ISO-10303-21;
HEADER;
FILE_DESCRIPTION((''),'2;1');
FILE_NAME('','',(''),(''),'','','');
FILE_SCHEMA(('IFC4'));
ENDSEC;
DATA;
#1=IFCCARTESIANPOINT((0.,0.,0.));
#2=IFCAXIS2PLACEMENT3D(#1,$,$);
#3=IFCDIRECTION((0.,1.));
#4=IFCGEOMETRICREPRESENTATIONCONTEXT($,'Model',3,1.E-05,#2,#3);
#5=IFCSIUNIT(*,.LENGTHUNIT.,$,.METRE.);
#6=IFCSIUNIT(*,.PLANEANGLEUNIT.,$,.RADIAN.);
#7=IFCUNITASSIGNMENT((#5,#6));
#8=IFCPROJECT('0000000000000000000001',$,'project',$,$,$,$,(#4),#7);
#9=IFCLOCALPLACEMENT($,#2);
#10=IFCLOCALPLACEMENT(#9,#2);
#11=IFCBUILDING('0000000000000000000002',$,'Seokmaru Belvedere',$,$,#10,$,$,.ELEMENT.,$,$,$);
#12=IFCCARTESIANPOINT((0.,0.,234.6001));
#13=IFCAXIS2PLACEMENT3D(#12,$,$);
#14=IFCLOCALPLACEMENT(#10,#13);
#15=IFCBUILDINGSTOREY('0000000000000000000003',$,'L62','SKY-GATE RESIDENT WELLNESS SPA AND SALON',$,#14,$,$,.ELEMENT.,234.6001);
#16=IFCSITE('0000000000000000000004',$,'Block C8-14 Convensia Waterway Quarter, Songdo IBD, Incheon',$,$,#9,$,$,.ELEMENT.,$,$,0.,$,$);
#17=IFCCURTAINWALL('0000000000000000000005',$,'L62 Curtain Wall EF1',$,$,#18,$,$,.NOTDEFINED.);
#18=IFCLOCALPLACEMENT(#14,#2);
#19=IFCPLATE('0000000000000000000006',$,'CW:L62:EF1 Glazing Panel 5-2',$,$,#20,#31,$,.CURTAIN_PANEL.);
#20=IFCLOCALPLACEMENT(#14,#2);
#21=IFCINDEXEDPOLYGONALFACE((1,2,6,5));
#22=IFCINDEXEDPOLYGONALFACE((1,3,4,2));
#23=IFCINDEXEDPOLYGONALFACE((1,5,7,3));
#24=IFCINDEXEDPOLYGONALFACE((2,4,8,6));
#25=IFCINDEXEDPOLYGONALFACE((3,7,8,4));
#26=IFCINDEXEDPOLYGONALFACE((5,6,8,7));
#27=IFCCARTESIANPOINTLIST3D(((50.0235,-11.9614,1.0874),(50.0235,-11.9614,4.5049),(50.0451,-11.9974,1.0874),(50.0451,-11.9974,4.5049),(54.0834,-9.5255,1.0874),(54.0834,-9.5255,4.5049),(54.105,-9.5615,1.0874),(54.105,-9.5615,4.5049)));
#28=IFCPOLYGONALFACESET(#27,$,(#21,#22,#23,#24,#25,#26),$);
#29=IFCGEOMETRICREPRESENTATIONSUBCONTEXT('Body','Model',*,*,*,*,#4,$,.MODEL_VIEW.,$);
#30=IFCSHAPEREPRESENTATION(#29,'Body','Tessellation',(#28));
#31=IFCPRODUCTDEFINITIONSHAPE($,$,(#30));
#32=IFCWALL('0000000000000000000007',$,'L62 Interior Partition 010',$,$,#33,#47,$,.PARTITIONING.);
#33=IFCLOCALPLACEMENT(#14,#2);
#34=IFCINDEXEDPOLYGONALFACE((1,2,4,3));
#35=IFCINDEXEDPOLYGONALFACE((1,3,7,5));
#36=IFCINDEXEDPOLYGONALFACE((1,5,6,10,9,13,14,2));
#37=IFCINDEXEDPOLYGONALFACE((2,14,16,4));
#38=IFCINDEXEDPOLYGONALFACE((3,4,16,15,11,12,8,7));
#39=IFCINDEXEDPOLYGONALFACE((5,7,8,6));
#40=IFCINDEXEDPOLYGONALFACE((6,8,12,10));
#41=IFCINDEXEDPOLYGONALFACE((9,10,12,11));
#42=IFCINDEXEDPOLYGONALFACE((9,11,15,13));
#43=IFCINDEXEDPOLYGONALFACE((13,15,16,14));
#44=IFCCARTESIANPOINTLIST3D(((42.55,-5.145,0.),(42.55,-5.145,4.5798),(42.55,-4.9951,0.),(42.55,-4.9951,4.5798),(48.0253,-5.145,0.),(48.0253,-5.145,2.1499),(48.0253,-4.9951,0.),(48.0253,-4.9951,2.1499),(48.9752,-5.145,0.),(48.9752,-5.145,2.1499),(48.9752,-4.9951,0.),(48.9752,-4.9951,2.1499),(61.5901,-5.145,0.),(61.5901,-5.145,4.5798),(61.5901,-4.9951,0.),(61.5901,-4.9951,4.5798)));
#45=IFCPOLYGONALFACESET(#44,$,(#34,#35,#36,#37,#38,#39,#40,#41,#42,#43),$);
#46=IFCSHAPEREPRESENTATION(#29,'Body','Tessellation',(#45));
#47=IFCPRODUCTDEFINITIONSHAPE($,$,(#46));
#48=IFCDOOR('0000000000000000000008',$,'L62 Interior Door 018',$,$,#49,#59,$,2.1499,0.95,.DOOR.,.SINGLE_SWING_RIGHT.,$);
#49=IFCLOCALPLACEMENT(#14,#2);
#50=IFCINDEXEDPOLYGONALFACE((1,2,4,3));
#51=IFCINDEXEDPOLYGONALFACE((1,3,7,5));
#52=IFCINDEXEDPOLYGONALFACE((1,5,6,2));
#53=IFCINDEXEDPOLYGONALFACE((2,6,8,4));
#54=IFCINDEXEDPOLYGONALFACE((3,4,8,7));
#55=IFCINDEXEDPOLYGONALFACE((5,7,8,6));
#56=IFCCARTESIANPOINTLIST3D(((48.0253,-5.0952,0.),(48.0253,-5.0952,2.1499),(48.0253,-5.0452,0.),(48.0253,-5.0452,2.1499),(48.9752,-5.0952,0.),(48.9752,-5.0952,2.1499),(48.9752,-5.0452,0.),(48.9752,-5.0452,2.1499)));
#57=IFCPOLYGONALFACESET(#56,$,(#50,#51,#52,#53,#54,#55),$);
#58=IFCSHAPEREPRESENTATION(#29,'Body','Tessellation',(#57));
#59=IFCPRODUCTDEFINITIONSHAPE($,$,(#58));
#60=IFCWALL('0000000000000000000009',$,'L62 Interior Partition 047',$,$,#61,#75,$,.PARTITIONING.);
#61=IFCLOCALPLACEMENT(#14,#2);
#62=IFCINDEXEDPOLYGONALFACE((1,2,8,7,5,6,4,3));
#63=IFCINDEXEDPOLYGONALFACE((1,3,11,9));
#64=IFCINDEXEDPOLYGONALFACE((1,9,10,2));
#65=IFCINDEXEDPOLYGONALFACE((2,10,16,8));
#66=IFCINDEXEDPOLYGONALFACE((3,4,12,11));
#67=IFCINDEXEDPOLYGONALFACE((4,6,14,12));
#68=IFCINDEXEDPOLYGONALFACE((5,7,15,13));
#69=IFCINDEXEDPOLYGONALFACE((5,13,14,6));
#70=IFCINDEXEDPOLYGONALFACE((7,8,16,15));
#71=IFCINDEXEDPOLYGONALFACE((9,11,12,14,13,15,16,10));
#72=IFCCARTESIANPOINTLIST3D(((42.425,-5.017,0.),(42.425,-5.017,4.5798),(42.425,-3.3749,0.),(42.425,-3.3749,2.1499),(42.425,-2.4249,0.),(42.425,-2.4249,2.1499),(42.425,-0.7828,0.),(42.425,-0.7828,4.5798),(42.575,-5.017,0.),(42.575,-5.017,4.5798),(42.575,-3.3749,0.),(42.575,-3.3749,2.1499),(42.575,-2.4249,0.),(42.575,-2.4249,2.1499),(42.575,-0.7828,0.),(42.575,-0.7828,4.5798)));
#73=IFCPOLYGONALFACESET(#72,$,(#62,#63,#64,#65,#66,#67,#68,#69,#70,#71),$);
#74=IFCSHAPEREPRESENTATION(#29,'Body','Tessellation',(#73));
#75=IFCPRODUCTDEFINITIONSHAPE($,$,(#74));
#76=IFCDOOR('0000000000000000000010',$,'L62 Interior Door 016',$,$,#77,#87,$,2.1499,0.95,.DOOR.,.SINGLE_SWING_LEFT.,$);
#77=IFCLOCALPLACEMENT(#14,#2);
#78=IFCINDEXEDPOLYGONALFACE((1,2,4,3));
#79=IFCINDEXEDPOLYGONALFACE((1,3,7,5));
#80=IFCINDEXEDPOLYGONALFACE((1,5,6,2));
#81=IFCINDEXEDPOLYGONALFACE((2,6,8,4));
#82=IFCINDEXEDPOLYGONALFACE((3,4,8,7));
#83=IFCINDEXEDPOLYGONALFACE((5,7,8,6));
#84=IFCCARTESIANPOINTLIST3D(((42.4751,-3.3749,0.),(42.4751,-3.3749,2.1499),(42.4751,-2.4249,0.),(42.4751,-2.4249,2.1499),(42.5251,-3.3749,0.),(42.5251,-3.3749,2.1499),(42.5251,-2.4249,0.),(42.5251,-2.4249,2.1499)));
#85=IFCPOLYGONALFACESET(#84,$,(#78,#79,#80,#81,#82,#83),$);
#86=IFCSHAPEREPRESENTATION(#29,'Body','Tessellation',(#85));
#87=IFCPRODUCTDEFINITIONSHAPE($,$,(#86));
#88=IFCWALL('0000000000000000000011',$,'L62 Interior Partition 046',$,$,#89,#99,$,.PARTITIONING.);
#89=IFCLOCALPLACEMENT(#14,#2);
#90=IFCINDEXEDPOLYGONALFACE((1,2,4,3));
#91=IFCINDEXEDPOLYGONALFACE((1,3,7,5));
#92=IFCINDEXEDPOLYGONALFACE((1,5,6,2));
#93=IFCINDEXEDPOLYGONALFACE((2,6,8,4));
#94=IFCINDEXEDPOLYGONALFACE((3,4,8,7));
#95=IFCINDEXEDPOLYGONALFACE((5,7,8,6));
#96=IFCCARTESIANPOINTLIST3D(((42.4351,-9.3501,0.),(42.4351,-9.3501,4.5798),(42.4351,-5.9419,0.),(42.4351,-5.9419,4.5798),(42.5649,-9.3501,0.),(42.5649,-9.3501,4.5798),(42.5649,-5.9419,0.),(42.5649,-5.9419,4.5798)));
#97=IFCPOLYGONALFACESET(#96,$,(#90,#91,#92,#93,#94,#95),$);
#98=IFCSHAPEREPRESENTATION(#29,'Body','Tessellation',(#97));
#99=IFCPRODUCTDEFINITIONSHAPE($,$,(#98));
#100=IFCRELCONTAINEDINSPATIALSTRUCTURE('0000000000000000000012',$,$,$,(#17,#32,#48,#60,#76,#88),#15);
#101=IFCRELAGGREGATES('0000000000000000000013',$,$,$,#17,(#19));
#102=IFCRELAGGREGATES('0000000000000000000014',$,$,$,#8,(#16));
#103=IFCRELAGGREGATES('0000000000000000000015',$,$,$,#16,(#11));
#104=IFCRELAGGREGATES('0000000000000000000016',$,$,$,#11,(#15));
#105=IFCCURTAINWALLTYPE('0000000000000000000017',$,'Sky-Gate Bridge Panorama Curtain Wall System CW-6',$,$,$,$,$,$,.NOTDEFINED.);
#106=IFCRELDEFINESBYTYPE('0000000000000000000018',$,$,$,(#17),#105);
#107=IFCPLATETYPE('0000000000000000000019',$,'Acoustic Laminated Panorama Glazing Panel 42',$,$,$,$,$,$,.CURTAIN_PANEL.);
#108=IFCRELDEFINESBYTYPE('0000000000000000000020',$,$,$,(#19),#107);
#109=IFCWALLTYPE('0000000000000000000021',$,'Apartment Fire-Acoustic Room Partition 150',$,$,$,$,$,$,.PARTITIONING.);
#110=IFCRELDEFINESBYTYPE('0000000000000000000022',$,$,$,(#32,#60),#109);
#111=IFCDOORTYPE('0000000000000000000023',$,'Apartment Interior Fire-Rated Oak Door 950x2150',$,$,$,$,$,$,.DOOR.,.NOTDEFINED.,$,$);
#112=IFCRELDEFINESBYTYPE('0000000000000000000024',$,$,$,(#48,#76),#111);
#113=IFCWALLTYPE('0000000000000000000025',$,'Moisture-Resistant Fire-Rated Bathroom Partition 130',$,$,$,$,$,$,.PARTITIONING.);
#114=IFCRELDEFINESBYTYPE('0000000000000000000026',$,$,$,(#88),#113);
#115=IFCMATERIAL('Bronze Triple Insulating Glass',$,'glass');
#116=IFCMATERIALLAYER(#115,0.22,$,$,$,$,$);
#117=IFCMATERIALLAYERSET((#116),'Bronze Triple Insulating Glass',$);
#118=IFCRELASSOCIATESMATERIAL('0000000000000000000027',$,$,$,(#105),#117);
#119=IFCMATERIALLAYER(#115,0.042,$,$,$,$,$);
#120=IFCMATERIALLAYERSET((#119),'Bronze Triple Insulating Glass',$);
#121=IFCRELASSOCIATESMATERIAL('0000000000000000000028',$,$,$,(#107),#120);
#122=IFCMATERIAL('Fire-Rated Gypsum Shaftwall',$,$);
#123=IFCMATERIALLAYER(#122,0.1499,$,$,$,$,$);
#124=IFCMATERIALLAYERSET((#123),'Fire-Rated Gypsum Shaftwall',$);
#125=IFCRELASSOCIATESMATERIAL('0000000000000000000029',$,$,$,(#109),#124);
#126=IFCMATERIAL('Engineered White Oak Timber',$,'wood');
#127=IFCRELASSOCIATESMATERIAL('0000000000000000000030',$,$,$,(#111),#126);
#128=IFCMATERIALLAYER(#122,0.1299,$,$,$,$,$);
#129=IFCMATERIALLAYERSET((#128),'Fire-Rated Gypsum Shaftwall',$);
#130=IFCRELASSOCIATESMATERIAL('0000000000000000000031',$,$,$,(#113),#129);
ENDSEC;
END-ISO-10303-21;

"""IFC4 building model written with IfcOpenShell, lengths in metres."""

from ifc_helpers import new_model, si_unit, direction, frame, frame_2d, origin, origin_2d, place, context, subcontext, project, spatial, rectangle, extrude, source, transform, mapped, material, layer, layer_set, type_object, type_shapes, element, fill, aggregate, save


model = new_model("IFC4")

# Units and contexts
model_context = context("Model", 3, precision=1e-05, world=origin(), true_north=direction((0.0, 1.0)))
body_context = subcontext(model_context, "Body", "Model", "MODEL_VIEW")
ifc_project = project(units=[si_unit("LENGTHUNIT", "METRE"), si_unit("PLANEANGLEUNIT", "RADIAN")], contexts=[model_context])

# Site, building, storey
site_placement = place(None, origin())
site = spatial("IfcSite", under=ifc_project, at=site_placement, Name="Block C8-14 Convensia Waterway Quarter, Songdo IBD, Incheon", CompositionType="ELEMENT", RefElevation=0.0)
building_placement = place(site_placement, origin())
building = spatial("IfcBuilding", under=site, at=building_placement, Name="Seokmaru Belvedere", CompositionType="ELEMENT")
storey_placement = place(building_placement, frame((0.0, 0.0, 234.6001)))
storey = spatial("IfcBuildingStorey", under=building, at=storey_placement, Name="L62", Description="SKY-GATE RESIDENT WELLNESS SPA AND SALON", CompositionType="ELEMENT", Elevation=234.6001)

# Curtain wall, plate
ifc_material_1 = material(Name="Bronze Triple Insulating Glass", Category="glass")
ifc_layer_1 = layer(ifc_material_1, 0.22)
ifc_layer_set_1 = layer_set([ifc_layer_1], Name="Bronze Triple Insulating Glass")
curtain_wall_type = type_object("IfcCurtainWallType", Name="Sky-Gate Bridge Panorama Curtain Wall System CW-6", PredefinedType="NOTDEFINED", material=ifc_layer_set_1)
curtain_wall_placement = place(storey_placement, origin())
curtain_wall = element("IfcCurtainWall", 1, at=curtain_wall_placement, inside=storey, type_object=curtain_wall_type, Name="L62 Curtain Wall EF1", PredefinedType="NOTDEFINED")
ifc_layer_2 = layer(ifc_material_1, 0.042)
ifc_layer_set_2 = layer_set([ifc_layer_2], Name="Bronze Triple Insulating Glass")
plate_type_1 = type_object("IfcPlateType", Name="Acoustic Laminated Panorama Glazing Panel 42", PredefinedType="CURTAIN_PANEL", material=ifc_layer_set_2)
shared_shape_1 = source(origin(), body_context, "Body", "SweptSolid", [
    extrude(rectangle(XDim=4.7346, YDim=0.042, at=origin_2d()), origin(), (0.0, 0.0, 1.0), 3.4175),
])
type_shapes(plate_type_1, [shared_shape_1])
plate_1_placement = place(storey_placement, frame((52.0642, -10.7615, 1.0874), z_axis=(0.0, 0.0, 1.0), x_axis=(0.857493, 0.514495, 0.0)))
plate_1 = element("IfcPlate", 2, at=plate_1_placement, type_object=plate_type_1, Name="CW:L62:EF1 Glazing Panel 5-2", PredefinedType="CURTAIN_PANEL", context=body_context, shape_type="MappedRepresentation", body=[
    mapped(shared_shape_1, transform((0.0, 0.0, 0.0), scale=1.0)),
])
aggregate(curtain_wall, [plate_1])

# Walls, openings, doors
ifc_material_2 = material(Name="Fire-Rated Gypsum Shaftwall")
ifc_layer_3 = layer(ifc_material_2, 0.1499)
ifc_layer_set_3 = layer_set([ifc_layer_3], Name="Fire-Rated Gypsum Shaftwall")
wall_type_1 = type_object("IfcWallType", Name="Apartment Fire-Acoustic Room Partition 150", PredefinedType="PARTITIONING", material=ifc_layer_set_3)
wall_1_placement = place(storey_placement, frame((42.55, -5.0701, 0.0), z_axis=(0.0, 0.0, 1.0), x_axis=(1.0, 0.0, 0.0)))
wall_1 = element("IfcWall", 3, at=wall_1_placement, inside=storey, type_object=wall_type_1, Name="L62 Interior Partition 010", PredefinedType="PARTITIONING", context=body_context, shape_type="SweptSolid", body=[
    extrude(rectangle(XDim=19.04, YDim=0.1499, at=frame_2d((9.52, 0.0))), origin(), (0.0, 0.0, 1.0), 4.5798),
])
opening_1_placement = place(wall_1_placement, frame((5.4751, 0.0, 0.0)))
opening_1 = element("IfcOpeningElement", 4, at=opening_1_placement, cuts=wall_1, PredefinedType="OPENING", context=body_context, shape_type="SweptSolid", body=[
    extrude(rectangle(XDim=0.95, YDim=2.1499, at=frame_2d((0.4751, 1.075))), frame((0.0, 0.085, 0.0), z_axis=(0.0, -1.0, 0.0), x_axis=(1.0, 0.0, 0.0)), (0.0, 0.0, 1.0), 0.1699),
])
ifc_material_3 = material(Name="Engineered White Oak Timber", Category="wood")
door_type = type_object("IfcDoorType", Name="Apartment Interior Fire-Rated Oak Door 950x2150", OperationType="NOTDEFINED", PredefinedType="DOOR", material=ifc_material_3)
shared_shape_2 = source(origin(), body_context, "Body", "SweptSolid", [
    extrude(rectangle(XDim=0.95, YDim=2.1499, at=frame_2d((0.4751, 1.075))), frame((0.0, 0.0249, 0.0), z_axis=(0.0, -1.0, 0.0), x_axis=(1.0, 0.0, 0.0)), (0.0, 0.0, 1.0), 0.05),
])
type_shapes(door_type, [shared_shape_2])
door_1_placement = place(opening_1_placement, origin())
door_1 = element("IfcDoor", 5, at=door_1_placement, inside=storey, type_object=door_type, Name="L62 Interior Door 018", OperationType="SINGLE_SWING_RIGHT", OverallHeight=2.1499, OverallWidth=0.95, PredefinedType="DOOR", context=body_context, shape_type="MappedRepresentation", body=[
    mapped(shared_shape_2, transform((0.0, 0.0, 0.0), scale=1.0)),
])
fill(opening_1, door_1)
wall_2_placement = place(storey_placement, frame((42.5, -5.0171, 0.0), z_axis=(0.0, 0.0, 1.0), x_axis=(0.0, 1.0, 0.0)))
wall_2 = element("IfcWall", 6, at=wall_2_placement, inside=storey, type_object=wall_type_1, Name="L62 Interior Partition 047", PredefinedType="PARTITIONING", context=body_context, shape_type="SweptSolid", body=[
    extrude(rectangle(XDim=4.2341, YDim=0.1499, at=frame_2d((2.1172, 0.0))), origin(), (0.0, 0.0, 1.0), 4.5798),
])
opening_2_placement = place(wall_2_placement, frame((1.6421, 0.0, 0.0)))
opening_2 = element("IfcOpeningElement", 7, at=opening_2_placement, cuts=wall_2, PredefinedType="OPENING", context=body_context, shape_type="SweptSolid", body=[
    extrude(rectangle(XDim=0.95, YDim=2.1499, at=frame_2d((0.4751, 1.075))), frame((0.0, 0.085, 0.0), z_axis=(0.0, -1.0, 0.0), x_axis=(1.0, 0.0, 0.0)), (0.0, 0.0, 1.0), 0.1699),
])
door_2_placement = place(opening_2_placement, origin())
door_2 = element("IfcDoor", 8, at=door_2_placement, inside=storey, type_object=door_type, Name="L62 Interior Door 016", OperationType="SINGLE_SWING_LEFT", OverallHeight=2.1499, OverallWidth=0.95, PredefinedType="DOOR", context=body_context, shape_type="MappedRepresentation", body=[
    mapped(shared_shape_2, transform((0.0, 0.0, 0.0), scale=1.0)),
])
fill(opening_2, door_2)

# Wall
ifc_layer_4 = layer(ifc_material_2, 0.1299)
ifc_layer_set_4 = layer_set([ifc_layer_4], Name="Fire-Rated Gypsum Shaftwall")
wall_type_2 = type_object("IfcWallType", Name="Moisture-Resistant Fire-Rated Bathroom Partition 130", PredefinedType="PARTITIONING", material=ifc_layer_set_4)
wall_3_placement = place(storey_placement, frame((42.5, -9.3501, 0.0), z_axis=(0.0, 0.0, 1.0), x_axis=(0.0, 1.0, 0.0)))
element("IfcWall", 9, at=wall_3_placement, inside=storey, type_object=wall_type_2, Name="L62 Interior Partition 046", PredefinedType="PARTITIONING", context=body_context, shape_type="SweptSolid", body=[
    extrude(rectangle(XDim=3.4082, YDim=0.1299, at=frame_2d((1.7041, 0.0))), origin(), (0.0, 0.0, 1.0), 4.5798),
])

save(model, "model.ifc")
